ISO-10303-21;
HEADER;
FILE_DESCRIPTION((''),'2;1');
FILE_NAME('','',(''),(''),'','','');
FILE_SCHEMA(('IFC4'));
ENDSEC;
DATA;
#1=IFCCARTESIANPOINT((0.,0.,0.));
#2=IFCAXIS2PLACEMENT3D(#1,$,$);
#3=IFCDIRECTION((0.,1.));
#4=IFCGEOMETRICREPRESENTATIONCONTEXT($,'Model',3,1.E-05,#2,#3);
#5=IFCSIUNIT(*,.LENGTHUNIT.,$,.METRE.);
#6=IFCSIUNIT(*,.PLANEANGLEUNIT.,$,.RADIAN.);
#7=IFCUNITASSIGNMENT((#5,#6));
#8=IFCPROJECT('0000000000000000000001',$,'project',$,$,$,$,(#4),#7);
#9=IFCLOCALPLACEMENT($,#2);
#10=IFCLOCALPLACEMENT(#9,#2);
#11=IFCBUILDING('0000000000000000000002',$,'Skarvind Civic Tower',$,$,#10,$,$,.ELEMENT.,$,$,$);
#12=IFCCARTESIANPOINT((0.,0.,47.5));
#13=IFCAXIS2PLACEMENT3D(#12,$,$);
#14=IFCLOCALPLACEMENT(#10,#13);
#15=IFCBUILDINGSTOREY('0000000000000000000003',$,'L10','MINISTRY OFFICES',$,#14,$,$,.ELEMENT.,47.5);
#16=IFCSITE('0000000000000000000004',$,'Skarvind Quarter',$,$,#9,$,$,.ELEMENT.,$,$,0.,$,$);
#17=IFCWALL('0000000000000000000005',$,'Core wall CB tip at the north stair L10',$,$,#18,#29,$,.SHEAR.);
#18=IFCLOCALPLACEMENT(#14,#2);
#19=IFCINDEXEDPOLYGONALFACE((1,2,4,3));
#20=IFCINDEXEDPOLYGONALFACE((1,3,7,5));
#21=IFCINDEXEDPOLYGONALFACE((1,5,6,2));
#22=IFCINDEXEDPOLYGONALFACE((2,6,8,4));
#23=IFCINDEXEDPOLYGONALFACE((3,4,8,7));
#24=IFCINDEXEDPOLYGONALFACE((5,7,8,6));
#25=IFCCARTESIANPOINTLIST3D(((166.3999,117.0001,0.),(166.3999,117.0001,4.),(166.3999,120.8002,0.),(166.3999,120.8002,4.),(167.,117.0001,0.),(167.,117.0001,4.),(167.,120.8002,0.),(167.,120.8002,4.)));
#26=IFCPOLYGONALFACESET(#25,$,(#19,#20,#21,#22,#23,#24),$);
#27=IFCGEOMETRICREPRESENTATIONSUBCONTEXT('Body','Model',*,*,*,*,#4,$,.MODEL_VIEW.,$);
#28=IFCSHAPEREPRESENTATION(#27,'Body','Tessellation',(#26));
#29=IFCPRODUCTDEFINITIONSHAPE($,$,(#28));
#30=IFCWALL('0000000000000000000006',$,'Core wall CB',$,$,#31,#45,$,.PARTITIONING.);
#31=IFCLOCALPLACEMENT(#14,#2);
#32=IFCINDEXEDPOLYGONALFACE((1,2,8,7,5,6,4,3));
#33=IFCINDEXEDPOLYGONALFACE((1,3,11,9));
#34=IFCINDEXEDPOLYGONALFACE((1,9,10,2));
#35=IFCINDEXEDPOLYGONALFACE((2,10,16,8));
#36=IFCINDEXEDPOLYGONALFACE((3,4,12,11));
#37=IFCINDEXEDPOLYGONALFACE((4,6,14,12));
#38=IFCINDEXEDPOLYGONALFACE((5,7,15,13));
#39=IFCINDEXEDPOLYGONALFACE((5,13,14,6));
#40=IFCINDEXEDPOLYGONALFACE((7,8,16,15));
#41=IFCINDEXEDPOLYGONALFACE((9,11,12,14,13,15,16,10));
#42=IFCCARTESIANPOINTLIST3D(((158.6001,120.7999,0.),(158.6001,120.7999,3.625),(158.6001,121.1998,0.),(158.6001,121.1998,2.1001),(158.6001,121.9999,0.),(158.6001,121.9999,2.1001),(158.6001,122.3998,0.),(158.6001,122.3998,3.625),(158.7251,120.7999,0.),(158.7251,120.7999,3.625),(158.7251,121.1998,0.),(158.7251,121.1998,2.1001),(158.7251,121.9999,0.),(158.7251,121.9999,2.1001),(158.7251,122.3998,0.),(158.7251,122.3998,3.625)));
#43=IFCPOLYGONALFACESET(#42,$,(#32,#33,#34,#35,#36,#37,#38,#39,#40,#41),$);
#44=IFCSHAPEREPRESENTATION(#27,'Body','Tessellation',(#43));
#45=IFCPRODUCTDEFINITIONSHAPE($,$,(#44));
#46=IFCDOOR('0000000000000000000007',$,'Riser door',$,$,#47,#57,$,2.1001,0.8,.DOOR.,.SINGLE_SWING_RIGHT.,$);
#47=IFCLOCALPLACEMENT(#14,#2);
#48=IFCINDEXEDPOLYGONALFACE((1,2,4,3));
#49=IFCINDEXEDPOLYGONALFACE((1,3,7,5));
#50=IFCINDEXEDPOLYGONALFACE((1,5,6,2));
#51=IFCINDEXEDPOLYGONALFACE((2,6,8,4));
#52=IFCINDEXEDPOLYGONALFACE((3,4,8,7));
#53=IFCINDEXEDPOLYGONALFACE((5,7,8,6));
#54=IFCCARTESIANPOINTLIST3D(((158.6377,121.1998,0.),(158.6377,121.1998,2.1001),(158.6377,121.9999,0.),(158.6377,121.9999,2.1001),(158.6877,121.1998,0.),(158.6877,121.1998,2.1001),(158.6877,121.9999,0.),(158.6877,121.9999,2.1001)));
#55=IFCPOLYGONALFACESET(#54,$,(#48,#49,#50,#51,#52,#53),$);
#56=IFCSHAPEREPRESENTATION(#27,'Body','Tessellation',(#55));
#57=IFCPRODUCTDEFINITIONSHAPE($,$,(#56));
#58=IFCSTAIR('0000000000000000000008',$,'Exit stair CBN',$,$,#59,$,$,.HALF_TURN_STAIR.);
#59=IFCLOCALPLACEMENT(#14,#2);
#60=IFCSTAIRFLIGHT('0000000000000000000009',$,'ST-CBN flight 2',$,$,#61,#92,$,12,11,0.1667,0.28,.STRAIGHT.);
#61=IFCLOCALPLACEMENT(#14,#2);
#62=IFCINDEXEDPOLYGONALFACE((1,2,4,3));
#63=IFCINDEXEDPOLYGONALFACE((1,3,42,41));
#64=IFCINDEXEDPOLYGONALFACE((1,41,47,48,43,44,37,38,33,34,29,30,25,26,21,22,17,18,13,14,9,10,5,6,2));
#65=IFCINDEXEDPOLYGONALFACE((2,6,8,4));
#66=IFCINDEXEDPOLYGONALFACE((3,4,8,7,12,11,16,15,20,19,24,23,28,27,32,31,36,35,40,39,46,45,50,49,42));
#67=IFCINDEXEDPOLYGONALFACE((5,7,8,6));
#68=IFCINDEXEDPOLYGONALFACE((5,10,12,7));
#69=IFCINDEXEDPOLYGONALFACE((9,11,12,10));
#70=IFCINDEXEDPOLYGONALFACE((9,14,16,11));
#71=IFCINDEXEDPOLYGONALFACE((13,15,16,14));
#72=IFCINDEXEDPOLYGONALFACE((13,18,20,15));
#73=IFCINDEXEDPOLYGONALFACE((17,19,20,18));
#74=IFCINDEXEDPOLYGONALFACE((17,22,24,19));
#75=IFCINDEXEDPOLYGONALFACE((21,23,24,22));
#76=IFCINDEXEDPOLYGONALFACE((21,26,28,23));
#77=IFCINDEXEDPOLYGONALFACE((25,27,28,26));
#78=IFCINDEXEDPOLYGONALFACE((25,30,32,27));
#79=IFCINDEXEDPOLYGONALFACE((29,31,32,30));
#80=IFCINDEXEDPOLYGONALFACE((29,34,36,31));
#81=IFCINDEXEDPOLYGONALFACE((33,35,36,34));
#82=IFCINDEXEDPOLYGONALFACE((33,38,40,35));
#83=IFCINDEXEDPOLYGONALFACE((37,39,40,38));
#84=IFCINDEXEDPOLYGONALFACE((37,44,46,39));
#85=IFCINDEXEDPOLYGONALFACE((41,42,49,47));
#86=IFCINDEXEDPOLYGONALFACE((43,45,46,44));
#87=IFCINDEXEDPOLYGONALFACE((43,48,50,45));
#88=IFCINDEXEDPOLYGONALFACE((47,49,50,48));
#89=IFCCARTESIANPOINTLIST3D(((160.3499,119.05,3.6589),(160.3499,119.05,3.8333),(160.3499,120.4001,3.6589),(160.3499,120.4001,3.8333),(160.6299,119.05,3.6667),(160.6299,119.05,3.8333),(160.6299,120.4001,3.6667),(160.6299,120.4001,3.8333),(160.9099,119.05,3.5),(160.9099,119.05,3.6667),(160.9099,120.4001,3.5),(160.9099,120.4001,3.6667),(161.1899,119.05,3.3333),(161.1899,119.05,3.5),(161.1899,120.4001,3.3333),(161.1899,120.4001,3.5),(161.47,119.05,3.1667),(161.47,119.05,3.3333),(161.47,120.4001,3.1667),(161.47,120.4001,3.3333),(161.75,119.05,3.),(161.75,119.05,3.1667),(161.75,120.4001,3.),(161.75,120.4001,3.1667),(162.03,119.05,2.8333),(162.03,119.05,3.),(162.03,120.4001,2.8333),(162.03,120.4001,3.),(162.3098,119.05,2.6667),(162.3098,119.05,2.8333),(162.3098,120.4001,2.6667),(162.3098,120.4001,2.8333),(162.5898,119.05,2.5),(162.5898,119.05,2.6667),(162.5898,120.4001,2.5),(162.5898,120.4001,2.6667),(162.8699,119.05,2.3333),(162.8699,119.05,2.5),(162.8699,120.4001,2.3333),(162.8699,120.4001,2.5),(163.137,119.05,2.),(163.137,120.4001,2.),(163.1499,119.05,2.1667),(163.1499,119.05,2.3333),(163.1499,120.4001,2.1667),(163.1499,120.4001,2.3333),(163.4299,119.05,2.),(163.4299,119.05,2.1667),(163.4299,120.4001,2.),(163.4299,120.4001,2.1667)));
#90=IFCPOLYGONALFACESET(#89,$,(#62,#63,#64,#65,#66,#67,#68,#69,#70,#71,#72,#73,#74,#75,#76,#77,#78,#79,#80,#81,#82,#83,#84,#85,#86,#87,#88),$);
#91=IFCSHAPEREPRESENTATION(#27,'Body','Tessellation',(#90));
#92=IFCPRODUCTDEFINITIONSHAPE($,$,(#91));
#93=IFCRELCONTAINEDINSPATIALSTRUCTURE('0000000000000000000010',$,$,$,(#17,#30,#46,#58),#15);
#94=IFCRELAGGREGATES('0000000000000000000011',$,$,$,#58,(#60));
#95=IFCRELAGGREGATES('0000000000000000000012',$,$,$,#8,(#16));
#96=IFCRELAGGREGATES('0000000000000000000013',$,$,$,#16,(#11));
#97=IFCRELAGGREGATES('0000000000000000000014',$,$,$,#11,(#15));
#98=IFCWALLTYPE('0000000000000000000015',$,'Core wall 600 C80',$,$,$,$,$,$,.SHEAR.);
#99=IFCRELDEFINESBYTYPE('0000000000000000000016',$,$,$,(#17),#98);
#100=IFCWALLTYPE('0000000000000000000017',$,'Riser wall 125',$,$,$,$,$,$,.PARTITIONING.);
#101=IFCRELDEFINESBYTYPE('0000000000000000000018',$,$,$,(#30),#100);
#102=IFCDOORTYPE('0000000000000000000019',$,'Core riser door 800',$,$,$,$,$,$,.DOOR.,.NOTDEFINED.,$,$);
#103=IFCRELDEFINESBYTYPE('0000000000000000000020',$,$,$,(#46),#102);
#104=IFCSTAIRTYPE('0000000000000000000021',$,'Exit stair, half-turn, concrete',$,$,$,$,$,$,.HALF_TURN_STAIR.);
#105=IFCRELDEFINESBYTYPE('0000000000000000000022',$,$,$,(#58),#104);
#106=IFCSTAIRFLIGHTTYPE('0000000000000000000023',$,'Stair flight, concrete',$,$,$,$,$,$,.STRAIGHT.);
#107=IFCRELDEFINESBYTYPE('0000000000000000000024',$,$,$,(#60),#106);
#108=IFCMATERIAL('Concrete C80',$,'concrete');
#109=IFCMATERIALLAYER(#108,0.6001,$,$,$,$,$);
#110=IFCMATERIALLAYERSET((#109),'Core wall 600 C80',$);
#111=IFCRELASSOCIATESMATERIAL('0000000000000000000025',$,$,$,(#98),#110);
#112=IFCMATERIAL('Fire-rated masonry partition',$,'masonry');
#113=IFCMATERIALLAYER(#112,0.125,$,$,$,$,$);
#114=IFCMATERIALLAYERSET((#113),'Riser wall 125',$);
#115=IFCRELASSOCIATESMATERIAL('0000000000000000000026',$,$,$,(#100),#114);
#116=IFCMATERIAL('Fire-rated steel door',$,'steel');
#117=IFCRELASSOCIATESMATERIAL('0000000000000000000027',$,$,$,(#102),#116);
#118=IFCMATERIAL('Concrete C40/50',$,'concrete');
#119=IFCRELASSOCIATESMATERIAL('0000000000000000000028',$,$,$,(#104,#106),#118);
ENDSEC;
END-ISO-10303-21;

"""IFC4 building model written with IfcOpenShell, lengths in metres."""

from ifc_helpers import new_model, si_unit, direction, frame, frame_2d, origin, place, context, subcontext, project, spatial, polyline, rectangle, outline, extrude, material, layer, layer_set, type_object, element, fill, aggregate, save


model = new_model("IFC4")

# Units and contexts
model_context = context("Model", 3, precision=1e-05, world=origin(), true_north=direction((0.0, 1.0)))
body_context = subcontext(model_context, "Body", "Model", "MODEL_VIEW")
ifc_project = project(units=[si_unit("LENGTHUNIT", "METRE"), si_unit("PLANEANGLEUNIT", "RADIAN")], contexts=[model_context])

# Site, building, storey
site_placement = place(None, origin())
site = spatial("IfcSite", under=ifc_project, at=site_placement, Name="Skarvind Quarter", CompositionType="ELEMENT", RefElevation=0.0)
building_placement = place(site_placement, origin())
building = spatial("IfcBuilding", under=site, at=building_placement, Name="Skarvind Civic Tower", CompositionType="ELEMENT")
storey_placement = place(building_placement, frame((0.0, 0.0, 47.5)))
storey = spatial("IfcBuildingStorey", under=building, at=storey_placement, Name="L10", Description="MINISTRY OFFICES", CompositionType="ELEMENT", Elevation=47.5)

# Shared definitions
ifc_material_1 = material(Name="Fire-rated masonry partition", Category="masonry")
ifc_material_2 = material(Name="Fire-rated steel door", Category="steel")

# Shared definitions
ifc_material_3 = material(Name="Concrete C80", Category="concrete")

# Wall
ifc_layer_1 = layer(ifc_material_3, 0.6001)
ifc_layer_set_1 = layer_set([ifc_layer_1], Name="Core wall 600 C80")
wall_type_1 = type_object("IfcWallType", Name="Core wall 600 C80", PredefinedType="SHEAR", material=ifc_layer_set_1)
wall_1_placement = place(storey_placement, frame((166.7, 120.8, 0.0), z_axis=(0.0, 0.0, 1.0), x_axis=(0.0, -1.0, 0.0)))
element("IfcWall", 1, at=wall_1_placement, inside=storey, type_object=wall_type_1, Name="Core wall CB tip at the north stair L10", PredefinedType="SHEAR", context=body_context, shape_type="SweptSolid", body=[
    extrude(rectangle(XDim=3.8, YDim=0.6001, at=frame_2d((1.8999, 0.0))), origin(), (0.0, 0.0, 1.0), 4.0),
])

# Wall, opening, door
ifc_layer_2 = layer(ifc_material_1, 0.125)
ifc_layer_set_2 = layer_set([ifc_layer_2], Name="Riser wall 125")
wall_type_2 = type_object("IfcWallType", Name="Riser wall 125", PredefinedType="PARTITIONING", material=ifc_layer_set_2)
wall_2_placement = place(storey_placement, frame((158.6626, 120.8, 0.0), z_axis=(0.0, 0.0, 1.0), x_axis=(0.0, 1.0, 0.0)))
wall_2 = element("IfcWall", 2, at=wall_2_placement, inside=storey, type_object=wall_type_2, Name="Core wall CB", PredefinedType="PARTITIONING", context=body_context, shape_type="SweptSolid", body=[
    extrude(rectangle(XDim=1.5999, YDim=0.125, at=frame_2d((0.7998, 0.0))), origin(), (0.0, 0.0, 1.0), 3.625),
])
opening_1_placement = place(wall_2_placement, frame((0.3999, 0.0, 0.0)))
opening_1 = element("IfcOpeningElement", 3, at=opening_1_placement, cuts=wall_2, PredefinedType="OPENING", context=body_context, shape_type="SweptSolid", body=[
    extrude(rectangle(XDim=0.8, YDim=2.1001, at=frame_2d((0.3999, 1.05))), frame((0.0, 0.0725, 0.0), z_axis=(0.0, -1.0, 0.0), x_axis=(1.0, 0.0, 0.0)), (0.0, 0.0, 1.0), 0.145),
])
door_type_1 = type_object("IfcDoorType", Name="Core riser door 800", OperationType="NOTDEFINED", PredefinedType="DOOR", material=ifc_material_2)
door_1_placement = place(opening_1_placement, origin())
door_1 = element("IfcDoor", 4, at=door_1_placement, inside=storey, type_object=door_type_1, Name="Riser door", OperationType="SINGLE_SWING_RIGHT", OverallHeight=2.1001, OverallWidth=0.8, PredefinedType="DOOR", context=body_context, shape_type="SweptSolid", body=[
    extrude(rectangle(XDim=0.8, YDim=2.1001, at=frame_2d((0.3999, 1.05))), frame((0.0, 0.0249, 0.0), z_axis=(0.0, -1.0, 0.0), x_axis=(1.0, 0.0, 0.0)), (0.0, 0.0, 1.0), 0.05),
])
fill(opening_1, door_1)

# Stair, stair flight
ifc_material_4 = material(Name="Concrete C40/50", Category="concrete")
stair_type = type_object("IfcStairType", Name="Exit stair, half-turn, concrete", PredefinedType="HALF_TURN_STAIR", material=ifc_material_4)
stair_placement = place(storey_placement, origin())
stair = element("IfcStair", 5, at=stair_placement, inside=storey, type_object=stair_type, Name="Exit stair CBN", PredefinedType="HALF_TURN_STAIR")
stair_flight_type = type_object("IfcStairFlightType", Name="Stair flight, concrete", PredefinedType="STRAIGHT", material=ifc_material_4)
stair_flight_placement = place(storey_placement, frame((163.4299, 119.7251, 2.0), z_axis=(0.0, 0.0, 1.0), x_axis=(-1.0, 0.0, 0.0)))
stair_flight = element("IfcStairFlight", 6, at=stair_flight_placement, type_object=stair_flight_type, Name="ST-CBN flight 2", NumberOfRisers=12, NumberOfTreads=11, PredefinedType="STRAIGHT", RiserHeight=0.1667, TreadLength=0.28, context=body_context, shape_type="SweptSolid", body=[
    extrude(outline(polyline([(0.0, 0.0), (0.0, 0.1667), (0.28, 0.1667), (0.28, 0.3333), (0.5601, 0.3333), (0.5601, 0.5), (0.8401, 0.5), (0.8401, 0.6667), (1.1201, 0.6667), (1.1201, 0.8333), (1.3999, 0.8333), (1.3999, 1.0), (1.6799, 1.0), (1.6799, 1.1667), (1.96, 1.1667), (1.96, 1.3333), (2.24, 1.3333), (2.24, 1.5), (2.52, 1.5), (2.52, 1.6667), (2.8, 1.6667), (2.8, 1.8333), (3.0801, 1.8333), (3.0801, 2.0), (3.0801, 1.6589), (0.293, 0.0), (0.0, 0.0)])), frame((0.0, 0.675, 0.0), z_axis=(0.0, -1.0, 0.0), x_axis=(1.0, 0.0, 0.0)), (0.0, 0.0, 1.0), 1.3501),
])
aggregate(stair, [stair_flight])

save(model, "model.ifc")
